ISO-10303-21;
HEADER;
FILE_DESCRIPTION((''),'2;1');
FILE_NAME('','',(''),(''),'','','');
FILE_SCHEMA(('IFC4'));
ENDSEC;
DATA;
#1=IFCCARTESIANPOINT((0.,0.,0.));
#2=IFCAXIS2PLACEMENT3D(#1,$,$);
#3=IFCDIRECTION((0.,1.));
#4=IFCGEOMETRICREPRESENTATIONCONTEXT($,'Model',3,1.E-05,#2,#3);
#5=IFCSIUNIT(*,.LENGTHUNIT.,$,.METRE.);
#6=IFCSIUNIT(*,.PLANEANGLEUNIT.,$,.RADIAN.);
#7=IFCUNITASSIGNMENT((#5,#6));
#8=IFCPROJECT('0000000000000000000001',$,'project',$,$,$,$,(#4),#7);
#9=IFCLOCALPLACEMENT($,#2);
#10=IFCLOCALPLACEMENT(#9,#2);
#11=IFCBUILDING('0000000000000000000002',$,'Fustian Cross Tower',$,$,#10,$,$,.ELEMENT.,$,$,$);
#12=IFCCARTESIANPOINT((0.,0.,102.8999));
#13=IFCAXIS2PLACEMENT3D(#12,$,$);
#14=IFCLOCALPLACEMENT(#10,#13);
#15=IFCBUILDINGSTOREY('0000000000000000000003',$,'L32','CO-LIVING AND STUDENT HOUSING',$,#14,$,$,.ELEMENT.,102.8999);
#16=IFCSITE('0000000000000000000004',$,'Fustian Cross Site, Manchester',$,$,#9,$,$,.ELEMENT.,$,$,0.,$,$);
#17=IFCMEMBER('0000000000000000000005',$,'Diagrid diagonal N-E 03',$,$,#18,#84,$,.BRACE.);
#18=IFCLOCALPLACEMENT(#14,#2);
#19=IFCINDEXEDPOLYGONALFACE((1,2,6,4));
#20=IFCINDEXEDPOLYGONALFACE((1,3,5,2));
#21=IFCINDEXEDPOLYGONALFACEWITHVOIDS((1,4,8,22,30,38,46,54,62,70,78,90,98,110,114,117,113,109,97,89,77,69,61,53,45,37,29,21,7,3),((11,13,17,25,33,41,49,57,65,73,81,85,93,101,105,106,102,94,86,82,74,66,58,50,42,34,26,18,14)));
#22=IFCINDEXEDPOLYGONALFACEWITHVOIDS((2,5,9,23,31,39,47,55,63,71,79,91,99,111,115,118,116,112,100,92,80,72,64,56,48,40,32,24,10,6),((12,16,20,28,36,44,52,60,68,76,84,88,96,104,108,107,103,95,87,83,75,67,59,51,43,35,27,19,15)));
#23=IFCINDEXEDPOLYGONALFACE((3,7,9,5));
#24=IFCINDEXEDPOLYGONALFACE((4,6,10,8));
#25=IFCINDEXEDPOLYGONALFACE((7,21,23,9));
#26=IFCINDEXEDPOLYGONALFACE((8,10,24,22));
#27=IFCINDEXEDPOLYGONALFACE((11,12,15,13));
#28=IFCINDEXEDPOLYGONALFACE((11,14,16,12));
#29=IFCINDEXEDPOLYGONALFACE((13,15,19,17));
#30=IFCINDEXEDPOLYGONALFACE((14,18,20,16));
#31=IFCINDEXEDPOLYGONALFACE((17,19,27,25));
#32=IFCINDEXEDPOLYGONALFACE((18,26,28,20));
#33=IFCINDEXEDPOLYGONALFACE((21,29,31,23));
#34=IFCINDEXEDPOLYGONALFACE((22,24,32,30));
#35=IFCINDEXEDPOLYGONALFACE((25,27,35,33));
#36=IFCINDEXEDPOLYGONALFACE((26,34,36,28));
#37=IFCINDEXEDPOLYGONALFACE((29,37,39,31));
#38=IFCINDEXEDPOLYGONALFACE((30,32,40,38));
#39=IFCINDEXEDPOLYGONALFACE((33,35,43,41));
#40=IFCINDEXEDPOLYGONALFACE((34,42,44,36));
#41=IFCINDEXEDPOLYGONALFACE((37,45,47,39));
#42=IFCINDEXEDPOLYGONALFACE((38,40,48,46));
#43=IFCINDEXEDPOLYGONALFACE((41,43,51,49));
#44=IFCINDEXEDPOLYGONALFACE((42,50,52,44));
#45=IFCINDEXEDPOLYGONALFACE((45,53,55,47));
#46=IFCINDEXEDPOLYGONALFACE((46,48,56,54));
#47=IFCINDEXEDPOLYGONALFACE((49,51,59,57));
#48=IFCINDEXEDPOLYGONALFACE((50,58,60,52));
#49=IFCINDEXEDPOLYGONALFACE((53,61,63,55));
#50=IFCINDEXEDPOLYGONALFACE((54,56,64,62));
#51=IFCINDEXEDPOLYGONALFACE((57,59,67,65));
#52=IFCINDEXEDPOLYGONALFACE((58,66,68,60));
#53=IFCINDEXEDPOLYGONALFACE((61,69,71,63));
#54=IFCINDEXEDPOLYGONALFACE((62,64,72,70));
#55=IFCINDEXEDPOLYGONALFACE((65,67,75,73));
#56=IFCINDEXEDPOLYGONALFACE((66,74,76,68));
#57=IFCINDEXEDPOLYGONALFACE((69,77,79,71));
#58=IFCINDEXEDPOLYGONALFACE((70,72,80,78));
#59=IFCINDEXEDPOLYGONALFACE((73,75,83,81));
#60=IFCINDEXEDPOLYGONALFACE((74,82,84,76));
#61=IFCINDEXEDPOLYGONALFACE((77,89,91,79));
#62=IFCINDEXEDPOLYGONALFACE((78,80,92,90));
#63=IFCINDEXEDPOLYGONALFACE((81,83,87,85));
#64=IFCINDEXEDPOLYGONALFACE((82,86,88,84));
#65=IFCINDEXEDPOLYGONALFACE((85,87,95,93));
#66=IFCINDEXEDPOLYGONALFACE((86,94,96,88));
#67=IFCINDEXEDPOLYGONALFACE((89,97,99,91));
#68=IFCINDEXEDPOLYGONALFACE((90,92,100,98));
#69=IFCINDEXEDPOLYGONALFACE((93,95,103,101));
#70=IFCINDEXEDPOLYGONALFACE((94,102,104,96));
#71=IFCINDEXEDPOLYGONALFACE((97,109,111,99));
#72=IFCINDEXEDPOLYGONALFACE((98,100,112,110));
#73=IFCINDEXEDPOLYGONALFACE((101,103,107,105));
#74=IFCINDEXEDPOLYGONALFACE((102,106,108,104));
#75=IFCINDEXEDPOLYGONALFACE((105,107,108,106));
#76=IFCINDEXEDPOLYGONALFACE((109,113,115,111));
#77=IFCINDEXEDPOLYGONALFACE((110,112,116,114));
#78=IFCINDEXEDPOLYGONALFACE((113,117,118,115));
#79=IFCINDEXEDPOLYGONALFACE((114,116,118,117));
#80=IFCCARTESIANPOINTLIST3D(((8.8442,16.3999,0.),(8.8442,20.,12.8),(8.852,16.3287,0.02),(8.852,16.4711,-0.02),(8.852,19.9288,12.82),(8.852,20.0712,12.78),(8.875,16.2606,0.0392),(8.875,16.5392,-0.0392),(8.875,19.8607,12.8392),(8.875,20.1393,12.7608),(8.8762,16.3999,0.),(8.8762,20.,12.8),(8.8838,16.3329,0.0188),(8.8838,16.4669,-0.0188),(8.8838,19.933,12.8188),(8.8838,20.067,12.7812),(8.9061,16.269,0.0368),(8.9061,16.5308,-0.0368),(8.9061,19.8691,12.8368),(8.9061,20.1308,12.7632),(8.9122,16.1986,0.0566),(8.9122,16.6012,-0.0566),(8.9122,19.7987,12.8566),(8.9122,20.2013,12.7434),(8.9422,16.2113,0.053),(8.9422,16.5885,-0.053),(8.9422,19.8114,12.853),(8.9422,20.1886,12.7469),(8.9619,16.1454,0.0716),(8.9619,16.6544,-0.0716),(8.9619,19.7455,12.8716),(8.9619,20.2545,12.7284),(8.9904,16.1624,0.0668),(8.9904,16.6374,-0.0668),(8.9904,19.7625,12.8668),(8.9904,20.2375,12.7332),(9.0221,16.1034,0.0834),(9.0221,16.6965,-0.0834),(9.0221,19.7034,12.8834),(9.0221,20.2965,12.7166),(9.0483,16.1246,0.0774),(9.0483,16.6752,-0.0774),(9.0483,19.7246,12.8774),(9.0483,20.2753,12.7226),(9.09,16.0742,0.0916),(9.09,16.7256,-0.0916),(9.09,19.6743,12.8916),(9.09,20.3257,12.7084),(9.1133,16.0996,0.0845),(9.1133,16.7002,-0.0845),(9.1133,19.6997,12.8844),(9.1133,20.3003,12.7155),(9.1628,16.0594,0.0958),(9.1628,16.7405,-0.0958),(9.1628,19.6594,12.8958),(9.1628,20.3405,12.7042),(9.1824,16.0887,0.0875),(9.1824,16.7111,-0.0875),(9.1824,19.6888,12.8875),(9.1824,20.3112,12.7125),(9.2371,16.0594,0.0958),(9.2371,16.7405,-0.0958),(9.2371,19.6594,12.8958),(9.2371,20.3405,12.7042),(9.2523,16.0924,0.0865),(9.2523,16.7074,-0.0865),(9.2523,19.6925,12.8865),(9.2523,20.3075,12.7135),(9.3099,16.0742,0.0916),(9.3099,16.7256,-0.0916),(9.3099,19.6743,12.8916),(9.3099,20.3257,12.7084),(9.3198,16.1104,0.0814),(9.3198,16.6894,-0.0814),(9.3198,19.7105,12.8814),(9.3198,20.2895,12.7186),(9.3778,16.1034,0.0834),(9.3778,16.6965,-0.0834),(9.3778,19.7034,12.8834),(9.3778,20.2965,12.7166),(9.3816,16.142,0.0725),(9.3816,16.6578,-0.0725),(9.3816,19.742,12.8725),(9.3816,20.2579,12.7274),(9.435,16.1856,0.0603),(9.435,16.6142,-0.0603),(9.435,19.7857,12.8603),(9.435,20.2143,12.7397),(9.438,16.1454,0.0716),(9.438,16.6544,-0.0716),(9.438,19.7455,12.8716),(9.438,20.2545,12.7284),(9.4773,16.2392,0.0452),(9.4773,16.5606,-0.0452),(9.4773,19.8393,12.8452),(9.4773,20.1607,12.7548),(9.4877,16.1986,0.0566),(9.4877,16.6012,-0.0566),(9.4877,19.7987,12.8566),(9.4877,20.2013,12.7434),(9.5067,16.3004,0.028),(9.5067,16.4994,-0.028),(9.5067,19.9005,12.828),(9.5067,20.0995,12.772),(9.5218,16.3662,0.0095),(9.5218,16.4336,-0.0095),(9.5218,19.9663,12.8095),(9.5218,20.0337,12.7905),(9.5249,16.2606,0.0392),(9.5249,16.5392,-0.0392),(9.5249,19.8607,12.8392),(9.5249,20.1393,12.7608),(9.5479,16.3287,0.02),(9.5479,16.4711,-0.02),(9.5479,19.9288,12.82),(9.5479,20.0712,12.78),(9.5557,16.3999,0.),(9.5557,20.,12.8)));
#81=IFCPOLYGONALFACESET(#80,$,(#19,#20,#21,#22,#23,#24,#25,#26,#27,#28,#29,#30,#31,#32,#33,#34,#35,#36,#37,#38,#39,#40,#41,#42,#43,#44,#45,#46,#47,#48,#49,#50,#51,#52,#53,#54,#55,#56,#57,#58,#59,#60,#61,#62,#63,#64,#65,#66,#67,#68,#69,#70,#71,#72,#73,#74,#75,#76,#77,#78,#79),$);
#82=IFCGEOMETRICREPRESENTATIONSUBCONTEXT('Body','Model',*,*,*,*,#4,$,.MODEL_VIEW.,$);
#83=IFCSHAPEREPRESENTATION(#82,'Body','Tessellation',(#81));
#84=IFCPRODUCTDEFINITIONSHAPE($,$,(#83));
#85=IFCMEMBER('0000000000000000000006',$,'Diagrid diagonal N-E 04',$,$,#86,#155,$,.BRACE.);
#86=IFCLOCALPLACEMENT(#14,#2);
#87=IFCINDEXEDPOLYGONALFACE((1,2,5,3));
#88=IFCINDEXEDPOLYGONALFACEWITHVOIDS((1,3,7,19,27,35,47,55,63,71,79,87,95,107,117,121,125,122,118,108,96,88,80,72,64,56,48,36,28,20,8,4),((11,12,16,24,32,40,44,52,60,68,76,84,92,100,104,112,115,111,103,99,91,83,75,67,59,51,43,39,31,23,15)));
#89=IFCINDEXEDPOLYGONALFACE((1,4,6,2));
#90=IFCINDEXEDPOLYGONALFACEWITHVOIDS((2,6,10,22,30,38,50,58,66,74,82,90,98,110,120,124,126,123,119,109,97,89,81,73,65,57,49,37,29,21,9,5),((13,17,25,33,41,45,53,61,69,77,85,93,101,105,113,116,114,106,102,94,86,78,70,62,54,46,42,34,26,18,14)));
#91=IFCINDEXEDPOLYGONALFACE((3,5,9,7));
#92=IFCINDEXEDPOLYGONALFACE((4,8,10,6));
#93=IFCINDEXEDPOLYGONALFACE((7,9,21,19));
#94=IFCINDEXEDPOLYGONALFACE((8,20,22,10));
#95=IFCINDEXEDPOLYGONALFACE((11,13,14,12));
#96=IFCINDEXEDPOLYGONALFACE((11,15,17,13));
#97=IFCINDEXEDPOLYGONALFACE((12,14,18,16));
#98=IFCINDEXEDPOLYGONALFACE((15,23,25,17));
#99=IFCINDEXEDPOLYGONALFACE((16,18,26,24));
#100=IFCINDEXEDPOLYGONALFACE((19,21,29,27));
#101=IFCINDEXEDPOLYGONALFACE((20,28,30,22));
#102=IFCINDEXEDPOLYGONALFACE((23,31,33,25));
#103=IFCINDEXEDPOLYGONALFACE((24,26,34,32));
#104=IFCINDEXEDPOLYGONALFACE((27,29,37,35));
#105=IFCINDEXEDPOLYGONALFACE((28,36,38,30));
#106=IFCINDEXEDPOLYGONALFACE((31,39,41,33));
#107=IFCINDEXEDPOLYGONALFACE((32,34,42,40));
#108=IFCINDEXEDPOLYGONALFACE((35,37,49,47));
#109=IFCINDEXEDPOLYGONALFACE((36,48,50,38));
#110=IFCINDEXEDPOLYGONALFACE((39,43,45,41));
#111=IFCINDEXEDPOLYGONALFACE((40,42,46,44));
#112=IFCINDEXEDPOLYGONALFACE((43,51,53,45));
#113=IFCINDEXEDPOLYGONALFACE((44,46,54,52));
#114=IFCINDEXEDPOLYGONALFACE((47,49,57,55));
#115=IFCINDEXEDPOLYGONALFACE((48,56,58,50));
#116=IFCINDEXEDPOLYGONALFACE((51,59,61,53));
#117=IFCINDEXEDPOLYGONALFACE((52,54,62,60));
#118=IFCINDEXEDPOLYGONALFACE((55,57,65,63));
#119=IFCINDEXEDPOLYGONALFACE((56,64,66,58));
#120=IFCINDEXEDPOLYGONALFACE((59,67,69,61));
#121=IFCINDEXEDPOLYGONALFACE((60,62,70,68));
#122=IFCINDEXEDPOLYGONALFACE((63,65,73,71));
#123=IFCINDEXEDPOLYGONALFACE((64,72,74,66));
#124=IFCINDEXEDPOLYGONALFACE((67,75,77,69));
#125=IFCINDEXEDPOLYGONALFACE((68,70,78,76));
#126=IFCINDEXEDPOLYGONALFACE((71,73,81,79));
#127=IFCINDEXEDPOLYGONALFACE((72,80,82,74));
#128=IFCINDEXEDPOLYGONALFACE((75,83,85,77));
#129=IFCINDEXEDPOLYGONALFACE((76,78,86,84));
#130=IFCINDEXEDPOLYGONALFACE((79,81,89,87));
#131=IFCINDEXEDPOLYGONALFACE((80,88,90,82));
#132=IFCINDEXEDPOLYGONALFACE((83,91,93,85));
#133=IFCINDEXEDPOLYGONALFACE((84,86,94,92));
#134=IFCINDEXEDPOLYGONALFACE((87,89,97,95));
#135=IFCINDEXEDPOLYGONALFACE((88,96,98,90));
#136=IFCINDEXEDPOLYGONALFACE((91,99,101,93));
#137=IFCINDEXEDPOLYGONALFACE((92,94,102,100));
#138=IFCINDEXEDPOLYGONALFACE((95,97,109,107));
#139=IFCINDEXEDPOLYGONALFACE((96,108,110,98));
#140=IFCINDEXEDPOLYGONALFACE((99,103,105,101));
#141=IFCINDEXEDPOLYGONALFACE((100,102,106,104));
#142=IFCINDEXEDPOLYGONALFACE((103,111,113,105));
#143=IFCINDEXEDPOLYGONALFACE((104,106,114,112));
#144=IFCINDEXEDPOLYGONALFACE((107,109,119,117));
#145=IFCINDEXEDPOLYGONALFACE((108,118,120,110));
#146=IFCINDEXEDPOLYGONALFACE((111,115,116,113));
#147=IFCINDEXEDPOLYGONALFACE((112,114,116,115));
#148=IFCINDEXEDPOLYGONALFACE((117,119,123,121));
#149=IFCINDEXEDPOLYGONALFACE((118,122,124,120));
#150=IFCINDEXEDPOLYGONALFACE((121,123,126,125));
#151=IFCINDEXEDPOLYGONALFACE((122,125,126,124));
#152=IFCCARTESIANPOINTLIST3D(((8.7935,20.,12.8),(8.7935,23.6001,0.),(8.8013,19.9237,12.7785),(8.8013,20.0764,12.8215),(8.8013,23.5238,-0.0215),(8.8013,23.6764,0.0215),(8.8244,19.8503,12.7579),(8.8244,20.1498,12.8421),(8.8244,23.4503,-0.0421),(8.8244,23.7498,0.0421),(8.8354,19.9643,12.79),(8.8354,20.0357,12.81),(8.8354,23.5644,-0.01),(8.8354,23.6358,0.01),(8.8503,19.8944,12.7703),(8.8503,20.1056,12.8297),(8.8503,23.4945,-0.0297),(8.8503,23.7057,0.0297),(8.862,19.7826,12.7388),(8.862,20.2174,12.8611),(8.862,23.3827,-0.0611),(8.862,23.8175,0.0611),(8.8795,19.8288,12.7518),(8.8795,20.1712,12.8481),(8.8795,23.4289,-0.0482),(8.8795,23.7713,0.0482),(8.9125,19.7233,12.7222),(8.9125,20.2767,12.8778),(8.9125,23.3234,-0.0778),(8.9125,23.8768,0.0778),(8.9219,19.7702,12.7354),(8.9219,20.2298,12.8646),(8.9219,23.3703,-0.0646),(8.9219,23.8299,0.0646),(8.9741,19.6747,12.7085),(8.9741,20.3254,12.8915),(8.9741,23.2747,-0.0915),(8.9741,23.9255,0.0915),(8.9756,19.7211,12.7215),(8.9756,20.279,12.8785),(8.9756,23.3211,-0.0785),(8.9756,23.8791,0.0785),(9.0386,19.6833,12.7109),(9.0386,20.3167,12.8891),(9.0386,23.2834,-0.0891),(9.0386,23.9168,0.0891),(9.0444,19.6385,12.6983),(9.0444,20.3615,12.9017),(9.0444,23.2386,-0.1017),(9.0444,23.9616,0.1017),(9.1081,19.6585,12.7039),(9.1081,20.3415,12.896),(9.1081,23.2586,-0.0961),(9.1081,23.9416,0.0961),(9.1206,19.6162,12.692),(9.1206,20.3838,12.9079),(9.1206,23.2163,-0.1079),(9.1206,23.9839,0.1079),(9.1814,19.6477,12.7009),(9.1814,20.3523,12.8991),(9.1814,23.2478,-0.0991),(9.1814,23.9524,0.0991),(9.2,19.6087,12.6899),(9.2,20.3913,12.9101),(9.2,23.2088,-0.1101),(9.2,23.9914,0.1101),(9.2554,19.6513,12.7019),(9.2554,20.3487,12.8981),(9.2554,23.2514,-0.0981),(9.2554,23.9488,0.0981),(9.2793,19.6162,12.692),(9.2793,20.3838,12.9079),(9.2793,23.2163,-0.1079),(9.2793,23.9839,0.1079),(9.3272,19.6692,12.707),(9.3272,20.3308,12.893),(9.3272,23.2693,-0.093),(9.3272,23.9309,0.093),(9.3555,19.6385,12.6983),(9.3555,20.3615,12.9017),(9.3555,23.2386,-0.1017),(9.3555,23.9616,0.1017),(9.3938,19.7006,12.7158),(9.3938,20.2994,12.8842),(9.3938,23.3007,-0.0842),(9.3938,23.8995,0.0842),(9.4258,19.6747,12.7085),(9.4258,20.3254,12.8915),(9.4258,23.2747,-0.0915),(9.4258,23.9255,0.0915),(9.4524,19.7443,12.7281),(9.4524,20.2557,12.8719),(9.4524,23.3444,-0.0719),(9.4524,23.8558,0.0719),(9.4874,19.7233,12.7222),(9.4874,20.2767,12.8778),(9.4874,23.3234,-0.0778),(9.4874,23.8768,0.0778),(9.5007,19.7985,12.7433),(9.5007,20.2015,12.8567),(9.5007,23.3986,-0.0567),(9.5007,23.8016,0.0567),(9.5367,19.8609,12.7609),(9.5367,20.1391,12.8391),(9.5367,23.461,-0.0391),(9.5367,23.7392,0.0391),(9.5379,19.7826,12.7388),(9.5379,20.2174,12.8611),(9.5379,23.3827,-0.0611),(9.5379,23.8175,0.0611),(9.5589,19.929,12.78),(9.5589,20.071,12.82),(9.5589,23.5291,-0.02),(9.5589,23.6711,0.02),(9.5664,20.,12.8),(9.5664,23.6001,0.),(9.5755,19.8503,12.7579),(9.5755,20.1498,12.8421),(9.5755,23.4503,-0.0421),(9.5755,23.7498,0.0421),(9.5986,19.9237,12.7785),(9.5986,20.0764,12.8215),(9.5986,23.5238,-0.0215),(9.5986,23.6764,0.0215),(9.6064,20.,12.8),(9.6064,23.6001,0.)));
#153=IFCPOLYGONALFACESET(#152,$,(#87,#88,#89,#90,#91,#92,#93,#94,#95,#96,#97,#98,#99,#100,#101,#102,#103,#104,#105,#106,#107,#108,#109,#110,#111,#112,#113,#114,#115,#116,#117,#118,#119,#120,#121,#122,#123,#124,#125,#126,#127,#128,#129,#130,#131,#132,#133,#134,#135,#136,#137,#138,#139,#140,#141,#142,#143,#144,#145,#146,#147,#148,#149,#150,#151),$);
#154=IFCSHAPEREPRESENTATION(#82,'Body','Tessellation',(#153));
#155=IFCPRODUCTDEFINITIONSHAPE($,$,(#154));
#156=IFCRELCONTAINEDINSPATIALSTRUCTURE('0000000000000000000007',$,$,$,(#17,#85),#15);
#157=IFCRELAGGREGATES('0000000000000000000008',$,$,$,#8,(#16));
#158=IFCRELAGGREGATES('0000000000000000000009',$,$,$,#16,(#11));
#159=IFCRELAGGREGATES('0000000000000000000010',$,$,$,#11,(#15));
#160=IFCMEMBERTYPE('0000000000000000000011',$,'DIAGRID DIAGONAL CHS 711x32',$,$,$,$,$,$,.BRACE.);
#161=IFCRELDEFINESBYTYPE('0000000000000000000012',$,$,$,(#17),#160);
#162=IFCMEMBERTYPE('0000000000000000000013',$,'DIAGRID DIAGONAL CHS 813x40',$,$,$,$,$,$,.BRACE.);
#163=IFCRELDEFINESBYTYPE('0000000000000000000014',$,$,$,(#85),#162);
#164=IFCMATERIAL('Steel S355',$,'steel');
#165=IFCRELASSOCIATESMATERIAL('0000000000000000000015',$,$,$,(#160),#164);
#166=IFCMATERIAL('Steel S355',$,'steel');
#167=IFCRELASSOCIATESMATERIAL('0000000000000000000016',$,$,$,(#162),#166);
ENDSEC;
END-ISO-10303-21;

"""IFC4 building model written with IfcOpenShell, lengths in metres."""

from ifc_helpers import new_model, si_unit, direction, frame, origin, origin_2d, place, context, subcontext, project, spatial, hollow_circle, extrude, material, material_profile, profile_set, type_object, element, save


model = new_model("IFC4")

# Units and contexts
model_context = context("Model", 3, precision=1e-05, world=origin(), true_north=direction((0.0, 1.0)))
body_context = subcontext(model_context, "Body", "Model", "MODEL_VIEW")
ifc_project = project(units=[si_unit("LENGTHUNIT", "METRE"), si_unit("PLANEANGLEUNIT", "RADIAN")], contexts=[model_context])

# Site, building, storey
site_placement = place(None, origin())
site = spatial("IfcSite", under=ifc_project, at=site_placement, Name="Fustian Cross Site, Manchester", CompositionType="ELEMENT", RefElevation=0.0)
building_placement = place(site_placement, origin())
building = spatial("IfcBuilding", under=site, at=building_placement, Name="Fustian Cross Tower", CompositionType="ELEMENT")
storey_placement = place(building_placement, frame((0.0, 0.0, 102.8999)))
storey = spatial("IfcBuildingStorey", under=building, at=storey_placement, Name="L32", Description="CO-LIVING AND STUDENT HOUSING", CompositionType="ELEMENT", Elevation=102.8999)

# Members
ifc_material_1 = material(Name="Steel S355", Category="steel")
ifc_material_profile_1 = material_profile(ifc_material_1, hollow_circle(Radius=0.3557, WallThickness=0.032, at=origin_2d()), Name="CHS 711x32")
ifc_profile_set_1 = profile_set([ifc_material_profile_1], Name="Steel S355")
member_type_1 = type_object("IfcMemberType", Name="DIAGRID DIAGONAL CHS 711x32", PredefinedType="BRACE", material=ifc_profile_set_1)
for number, where, z_axis, x_axis, name in (
    (1, (9.2, 16.3999, 0.0), (0.0, 0.270751, 0.962649), (-1.0, 0.0, 0.0), "Diagrid diagonal N-E 03"),
):
    element("IfcMember", number, at=place(storey_placement, frame(where, z_axis=z_axis, x_axis=x_axis)), inside=storey, type_object=member_type_1, Name=name, PredefinedType="BRACE", context=body_context, shape_type="SweptSolid", body=[
        extrude(hollow_circle(Radius=0.3557, WallThickness=0.032, at=origin_2d()), origin(), (0.0, 0.0, 1.0), 13.2966),
    ])
ifc_material_2 = material(Name="Steel S355", Category="steel")
ifc_material_profile_2 = material_profile(ifc_material_2, hollow_circle(Radius=0.4065, WallThickness=0.04, at=origin_2d()), Name="CHS 813x40")
ifc_profile_set_2 = profile_set([ifc_material_profile_2], Name="Steel S355")
member_type_2 = type_object("IfcMemberType", Name="DIAGRID DIAGONAL CHS 813x40", PredefinedType="BRACE", material=ifc_profile_set_2)
member_1_placement = place(storey_placement, frame((9.2, 23.6001, 0.0), z_axis=(0.0, -0.270751, 0.962649), x_axis=(1.0, 0.0, 0.0)))
element("IfcMember", 2, at=member_1_placement, inside=storey, type_object=member_type_2, Name="Diagrid diagonal N-E 04", PredefinedType="BRACE", context=body_context, shape_type="SweptSolid", body=[
    extrude(hollow_circle(Radius=0.4065, WallThickness=0.04, at=origin_2d()), origin(), (0.0, 0.0, 1.0), 13.2966),
])

save(model, "model.ifc")
